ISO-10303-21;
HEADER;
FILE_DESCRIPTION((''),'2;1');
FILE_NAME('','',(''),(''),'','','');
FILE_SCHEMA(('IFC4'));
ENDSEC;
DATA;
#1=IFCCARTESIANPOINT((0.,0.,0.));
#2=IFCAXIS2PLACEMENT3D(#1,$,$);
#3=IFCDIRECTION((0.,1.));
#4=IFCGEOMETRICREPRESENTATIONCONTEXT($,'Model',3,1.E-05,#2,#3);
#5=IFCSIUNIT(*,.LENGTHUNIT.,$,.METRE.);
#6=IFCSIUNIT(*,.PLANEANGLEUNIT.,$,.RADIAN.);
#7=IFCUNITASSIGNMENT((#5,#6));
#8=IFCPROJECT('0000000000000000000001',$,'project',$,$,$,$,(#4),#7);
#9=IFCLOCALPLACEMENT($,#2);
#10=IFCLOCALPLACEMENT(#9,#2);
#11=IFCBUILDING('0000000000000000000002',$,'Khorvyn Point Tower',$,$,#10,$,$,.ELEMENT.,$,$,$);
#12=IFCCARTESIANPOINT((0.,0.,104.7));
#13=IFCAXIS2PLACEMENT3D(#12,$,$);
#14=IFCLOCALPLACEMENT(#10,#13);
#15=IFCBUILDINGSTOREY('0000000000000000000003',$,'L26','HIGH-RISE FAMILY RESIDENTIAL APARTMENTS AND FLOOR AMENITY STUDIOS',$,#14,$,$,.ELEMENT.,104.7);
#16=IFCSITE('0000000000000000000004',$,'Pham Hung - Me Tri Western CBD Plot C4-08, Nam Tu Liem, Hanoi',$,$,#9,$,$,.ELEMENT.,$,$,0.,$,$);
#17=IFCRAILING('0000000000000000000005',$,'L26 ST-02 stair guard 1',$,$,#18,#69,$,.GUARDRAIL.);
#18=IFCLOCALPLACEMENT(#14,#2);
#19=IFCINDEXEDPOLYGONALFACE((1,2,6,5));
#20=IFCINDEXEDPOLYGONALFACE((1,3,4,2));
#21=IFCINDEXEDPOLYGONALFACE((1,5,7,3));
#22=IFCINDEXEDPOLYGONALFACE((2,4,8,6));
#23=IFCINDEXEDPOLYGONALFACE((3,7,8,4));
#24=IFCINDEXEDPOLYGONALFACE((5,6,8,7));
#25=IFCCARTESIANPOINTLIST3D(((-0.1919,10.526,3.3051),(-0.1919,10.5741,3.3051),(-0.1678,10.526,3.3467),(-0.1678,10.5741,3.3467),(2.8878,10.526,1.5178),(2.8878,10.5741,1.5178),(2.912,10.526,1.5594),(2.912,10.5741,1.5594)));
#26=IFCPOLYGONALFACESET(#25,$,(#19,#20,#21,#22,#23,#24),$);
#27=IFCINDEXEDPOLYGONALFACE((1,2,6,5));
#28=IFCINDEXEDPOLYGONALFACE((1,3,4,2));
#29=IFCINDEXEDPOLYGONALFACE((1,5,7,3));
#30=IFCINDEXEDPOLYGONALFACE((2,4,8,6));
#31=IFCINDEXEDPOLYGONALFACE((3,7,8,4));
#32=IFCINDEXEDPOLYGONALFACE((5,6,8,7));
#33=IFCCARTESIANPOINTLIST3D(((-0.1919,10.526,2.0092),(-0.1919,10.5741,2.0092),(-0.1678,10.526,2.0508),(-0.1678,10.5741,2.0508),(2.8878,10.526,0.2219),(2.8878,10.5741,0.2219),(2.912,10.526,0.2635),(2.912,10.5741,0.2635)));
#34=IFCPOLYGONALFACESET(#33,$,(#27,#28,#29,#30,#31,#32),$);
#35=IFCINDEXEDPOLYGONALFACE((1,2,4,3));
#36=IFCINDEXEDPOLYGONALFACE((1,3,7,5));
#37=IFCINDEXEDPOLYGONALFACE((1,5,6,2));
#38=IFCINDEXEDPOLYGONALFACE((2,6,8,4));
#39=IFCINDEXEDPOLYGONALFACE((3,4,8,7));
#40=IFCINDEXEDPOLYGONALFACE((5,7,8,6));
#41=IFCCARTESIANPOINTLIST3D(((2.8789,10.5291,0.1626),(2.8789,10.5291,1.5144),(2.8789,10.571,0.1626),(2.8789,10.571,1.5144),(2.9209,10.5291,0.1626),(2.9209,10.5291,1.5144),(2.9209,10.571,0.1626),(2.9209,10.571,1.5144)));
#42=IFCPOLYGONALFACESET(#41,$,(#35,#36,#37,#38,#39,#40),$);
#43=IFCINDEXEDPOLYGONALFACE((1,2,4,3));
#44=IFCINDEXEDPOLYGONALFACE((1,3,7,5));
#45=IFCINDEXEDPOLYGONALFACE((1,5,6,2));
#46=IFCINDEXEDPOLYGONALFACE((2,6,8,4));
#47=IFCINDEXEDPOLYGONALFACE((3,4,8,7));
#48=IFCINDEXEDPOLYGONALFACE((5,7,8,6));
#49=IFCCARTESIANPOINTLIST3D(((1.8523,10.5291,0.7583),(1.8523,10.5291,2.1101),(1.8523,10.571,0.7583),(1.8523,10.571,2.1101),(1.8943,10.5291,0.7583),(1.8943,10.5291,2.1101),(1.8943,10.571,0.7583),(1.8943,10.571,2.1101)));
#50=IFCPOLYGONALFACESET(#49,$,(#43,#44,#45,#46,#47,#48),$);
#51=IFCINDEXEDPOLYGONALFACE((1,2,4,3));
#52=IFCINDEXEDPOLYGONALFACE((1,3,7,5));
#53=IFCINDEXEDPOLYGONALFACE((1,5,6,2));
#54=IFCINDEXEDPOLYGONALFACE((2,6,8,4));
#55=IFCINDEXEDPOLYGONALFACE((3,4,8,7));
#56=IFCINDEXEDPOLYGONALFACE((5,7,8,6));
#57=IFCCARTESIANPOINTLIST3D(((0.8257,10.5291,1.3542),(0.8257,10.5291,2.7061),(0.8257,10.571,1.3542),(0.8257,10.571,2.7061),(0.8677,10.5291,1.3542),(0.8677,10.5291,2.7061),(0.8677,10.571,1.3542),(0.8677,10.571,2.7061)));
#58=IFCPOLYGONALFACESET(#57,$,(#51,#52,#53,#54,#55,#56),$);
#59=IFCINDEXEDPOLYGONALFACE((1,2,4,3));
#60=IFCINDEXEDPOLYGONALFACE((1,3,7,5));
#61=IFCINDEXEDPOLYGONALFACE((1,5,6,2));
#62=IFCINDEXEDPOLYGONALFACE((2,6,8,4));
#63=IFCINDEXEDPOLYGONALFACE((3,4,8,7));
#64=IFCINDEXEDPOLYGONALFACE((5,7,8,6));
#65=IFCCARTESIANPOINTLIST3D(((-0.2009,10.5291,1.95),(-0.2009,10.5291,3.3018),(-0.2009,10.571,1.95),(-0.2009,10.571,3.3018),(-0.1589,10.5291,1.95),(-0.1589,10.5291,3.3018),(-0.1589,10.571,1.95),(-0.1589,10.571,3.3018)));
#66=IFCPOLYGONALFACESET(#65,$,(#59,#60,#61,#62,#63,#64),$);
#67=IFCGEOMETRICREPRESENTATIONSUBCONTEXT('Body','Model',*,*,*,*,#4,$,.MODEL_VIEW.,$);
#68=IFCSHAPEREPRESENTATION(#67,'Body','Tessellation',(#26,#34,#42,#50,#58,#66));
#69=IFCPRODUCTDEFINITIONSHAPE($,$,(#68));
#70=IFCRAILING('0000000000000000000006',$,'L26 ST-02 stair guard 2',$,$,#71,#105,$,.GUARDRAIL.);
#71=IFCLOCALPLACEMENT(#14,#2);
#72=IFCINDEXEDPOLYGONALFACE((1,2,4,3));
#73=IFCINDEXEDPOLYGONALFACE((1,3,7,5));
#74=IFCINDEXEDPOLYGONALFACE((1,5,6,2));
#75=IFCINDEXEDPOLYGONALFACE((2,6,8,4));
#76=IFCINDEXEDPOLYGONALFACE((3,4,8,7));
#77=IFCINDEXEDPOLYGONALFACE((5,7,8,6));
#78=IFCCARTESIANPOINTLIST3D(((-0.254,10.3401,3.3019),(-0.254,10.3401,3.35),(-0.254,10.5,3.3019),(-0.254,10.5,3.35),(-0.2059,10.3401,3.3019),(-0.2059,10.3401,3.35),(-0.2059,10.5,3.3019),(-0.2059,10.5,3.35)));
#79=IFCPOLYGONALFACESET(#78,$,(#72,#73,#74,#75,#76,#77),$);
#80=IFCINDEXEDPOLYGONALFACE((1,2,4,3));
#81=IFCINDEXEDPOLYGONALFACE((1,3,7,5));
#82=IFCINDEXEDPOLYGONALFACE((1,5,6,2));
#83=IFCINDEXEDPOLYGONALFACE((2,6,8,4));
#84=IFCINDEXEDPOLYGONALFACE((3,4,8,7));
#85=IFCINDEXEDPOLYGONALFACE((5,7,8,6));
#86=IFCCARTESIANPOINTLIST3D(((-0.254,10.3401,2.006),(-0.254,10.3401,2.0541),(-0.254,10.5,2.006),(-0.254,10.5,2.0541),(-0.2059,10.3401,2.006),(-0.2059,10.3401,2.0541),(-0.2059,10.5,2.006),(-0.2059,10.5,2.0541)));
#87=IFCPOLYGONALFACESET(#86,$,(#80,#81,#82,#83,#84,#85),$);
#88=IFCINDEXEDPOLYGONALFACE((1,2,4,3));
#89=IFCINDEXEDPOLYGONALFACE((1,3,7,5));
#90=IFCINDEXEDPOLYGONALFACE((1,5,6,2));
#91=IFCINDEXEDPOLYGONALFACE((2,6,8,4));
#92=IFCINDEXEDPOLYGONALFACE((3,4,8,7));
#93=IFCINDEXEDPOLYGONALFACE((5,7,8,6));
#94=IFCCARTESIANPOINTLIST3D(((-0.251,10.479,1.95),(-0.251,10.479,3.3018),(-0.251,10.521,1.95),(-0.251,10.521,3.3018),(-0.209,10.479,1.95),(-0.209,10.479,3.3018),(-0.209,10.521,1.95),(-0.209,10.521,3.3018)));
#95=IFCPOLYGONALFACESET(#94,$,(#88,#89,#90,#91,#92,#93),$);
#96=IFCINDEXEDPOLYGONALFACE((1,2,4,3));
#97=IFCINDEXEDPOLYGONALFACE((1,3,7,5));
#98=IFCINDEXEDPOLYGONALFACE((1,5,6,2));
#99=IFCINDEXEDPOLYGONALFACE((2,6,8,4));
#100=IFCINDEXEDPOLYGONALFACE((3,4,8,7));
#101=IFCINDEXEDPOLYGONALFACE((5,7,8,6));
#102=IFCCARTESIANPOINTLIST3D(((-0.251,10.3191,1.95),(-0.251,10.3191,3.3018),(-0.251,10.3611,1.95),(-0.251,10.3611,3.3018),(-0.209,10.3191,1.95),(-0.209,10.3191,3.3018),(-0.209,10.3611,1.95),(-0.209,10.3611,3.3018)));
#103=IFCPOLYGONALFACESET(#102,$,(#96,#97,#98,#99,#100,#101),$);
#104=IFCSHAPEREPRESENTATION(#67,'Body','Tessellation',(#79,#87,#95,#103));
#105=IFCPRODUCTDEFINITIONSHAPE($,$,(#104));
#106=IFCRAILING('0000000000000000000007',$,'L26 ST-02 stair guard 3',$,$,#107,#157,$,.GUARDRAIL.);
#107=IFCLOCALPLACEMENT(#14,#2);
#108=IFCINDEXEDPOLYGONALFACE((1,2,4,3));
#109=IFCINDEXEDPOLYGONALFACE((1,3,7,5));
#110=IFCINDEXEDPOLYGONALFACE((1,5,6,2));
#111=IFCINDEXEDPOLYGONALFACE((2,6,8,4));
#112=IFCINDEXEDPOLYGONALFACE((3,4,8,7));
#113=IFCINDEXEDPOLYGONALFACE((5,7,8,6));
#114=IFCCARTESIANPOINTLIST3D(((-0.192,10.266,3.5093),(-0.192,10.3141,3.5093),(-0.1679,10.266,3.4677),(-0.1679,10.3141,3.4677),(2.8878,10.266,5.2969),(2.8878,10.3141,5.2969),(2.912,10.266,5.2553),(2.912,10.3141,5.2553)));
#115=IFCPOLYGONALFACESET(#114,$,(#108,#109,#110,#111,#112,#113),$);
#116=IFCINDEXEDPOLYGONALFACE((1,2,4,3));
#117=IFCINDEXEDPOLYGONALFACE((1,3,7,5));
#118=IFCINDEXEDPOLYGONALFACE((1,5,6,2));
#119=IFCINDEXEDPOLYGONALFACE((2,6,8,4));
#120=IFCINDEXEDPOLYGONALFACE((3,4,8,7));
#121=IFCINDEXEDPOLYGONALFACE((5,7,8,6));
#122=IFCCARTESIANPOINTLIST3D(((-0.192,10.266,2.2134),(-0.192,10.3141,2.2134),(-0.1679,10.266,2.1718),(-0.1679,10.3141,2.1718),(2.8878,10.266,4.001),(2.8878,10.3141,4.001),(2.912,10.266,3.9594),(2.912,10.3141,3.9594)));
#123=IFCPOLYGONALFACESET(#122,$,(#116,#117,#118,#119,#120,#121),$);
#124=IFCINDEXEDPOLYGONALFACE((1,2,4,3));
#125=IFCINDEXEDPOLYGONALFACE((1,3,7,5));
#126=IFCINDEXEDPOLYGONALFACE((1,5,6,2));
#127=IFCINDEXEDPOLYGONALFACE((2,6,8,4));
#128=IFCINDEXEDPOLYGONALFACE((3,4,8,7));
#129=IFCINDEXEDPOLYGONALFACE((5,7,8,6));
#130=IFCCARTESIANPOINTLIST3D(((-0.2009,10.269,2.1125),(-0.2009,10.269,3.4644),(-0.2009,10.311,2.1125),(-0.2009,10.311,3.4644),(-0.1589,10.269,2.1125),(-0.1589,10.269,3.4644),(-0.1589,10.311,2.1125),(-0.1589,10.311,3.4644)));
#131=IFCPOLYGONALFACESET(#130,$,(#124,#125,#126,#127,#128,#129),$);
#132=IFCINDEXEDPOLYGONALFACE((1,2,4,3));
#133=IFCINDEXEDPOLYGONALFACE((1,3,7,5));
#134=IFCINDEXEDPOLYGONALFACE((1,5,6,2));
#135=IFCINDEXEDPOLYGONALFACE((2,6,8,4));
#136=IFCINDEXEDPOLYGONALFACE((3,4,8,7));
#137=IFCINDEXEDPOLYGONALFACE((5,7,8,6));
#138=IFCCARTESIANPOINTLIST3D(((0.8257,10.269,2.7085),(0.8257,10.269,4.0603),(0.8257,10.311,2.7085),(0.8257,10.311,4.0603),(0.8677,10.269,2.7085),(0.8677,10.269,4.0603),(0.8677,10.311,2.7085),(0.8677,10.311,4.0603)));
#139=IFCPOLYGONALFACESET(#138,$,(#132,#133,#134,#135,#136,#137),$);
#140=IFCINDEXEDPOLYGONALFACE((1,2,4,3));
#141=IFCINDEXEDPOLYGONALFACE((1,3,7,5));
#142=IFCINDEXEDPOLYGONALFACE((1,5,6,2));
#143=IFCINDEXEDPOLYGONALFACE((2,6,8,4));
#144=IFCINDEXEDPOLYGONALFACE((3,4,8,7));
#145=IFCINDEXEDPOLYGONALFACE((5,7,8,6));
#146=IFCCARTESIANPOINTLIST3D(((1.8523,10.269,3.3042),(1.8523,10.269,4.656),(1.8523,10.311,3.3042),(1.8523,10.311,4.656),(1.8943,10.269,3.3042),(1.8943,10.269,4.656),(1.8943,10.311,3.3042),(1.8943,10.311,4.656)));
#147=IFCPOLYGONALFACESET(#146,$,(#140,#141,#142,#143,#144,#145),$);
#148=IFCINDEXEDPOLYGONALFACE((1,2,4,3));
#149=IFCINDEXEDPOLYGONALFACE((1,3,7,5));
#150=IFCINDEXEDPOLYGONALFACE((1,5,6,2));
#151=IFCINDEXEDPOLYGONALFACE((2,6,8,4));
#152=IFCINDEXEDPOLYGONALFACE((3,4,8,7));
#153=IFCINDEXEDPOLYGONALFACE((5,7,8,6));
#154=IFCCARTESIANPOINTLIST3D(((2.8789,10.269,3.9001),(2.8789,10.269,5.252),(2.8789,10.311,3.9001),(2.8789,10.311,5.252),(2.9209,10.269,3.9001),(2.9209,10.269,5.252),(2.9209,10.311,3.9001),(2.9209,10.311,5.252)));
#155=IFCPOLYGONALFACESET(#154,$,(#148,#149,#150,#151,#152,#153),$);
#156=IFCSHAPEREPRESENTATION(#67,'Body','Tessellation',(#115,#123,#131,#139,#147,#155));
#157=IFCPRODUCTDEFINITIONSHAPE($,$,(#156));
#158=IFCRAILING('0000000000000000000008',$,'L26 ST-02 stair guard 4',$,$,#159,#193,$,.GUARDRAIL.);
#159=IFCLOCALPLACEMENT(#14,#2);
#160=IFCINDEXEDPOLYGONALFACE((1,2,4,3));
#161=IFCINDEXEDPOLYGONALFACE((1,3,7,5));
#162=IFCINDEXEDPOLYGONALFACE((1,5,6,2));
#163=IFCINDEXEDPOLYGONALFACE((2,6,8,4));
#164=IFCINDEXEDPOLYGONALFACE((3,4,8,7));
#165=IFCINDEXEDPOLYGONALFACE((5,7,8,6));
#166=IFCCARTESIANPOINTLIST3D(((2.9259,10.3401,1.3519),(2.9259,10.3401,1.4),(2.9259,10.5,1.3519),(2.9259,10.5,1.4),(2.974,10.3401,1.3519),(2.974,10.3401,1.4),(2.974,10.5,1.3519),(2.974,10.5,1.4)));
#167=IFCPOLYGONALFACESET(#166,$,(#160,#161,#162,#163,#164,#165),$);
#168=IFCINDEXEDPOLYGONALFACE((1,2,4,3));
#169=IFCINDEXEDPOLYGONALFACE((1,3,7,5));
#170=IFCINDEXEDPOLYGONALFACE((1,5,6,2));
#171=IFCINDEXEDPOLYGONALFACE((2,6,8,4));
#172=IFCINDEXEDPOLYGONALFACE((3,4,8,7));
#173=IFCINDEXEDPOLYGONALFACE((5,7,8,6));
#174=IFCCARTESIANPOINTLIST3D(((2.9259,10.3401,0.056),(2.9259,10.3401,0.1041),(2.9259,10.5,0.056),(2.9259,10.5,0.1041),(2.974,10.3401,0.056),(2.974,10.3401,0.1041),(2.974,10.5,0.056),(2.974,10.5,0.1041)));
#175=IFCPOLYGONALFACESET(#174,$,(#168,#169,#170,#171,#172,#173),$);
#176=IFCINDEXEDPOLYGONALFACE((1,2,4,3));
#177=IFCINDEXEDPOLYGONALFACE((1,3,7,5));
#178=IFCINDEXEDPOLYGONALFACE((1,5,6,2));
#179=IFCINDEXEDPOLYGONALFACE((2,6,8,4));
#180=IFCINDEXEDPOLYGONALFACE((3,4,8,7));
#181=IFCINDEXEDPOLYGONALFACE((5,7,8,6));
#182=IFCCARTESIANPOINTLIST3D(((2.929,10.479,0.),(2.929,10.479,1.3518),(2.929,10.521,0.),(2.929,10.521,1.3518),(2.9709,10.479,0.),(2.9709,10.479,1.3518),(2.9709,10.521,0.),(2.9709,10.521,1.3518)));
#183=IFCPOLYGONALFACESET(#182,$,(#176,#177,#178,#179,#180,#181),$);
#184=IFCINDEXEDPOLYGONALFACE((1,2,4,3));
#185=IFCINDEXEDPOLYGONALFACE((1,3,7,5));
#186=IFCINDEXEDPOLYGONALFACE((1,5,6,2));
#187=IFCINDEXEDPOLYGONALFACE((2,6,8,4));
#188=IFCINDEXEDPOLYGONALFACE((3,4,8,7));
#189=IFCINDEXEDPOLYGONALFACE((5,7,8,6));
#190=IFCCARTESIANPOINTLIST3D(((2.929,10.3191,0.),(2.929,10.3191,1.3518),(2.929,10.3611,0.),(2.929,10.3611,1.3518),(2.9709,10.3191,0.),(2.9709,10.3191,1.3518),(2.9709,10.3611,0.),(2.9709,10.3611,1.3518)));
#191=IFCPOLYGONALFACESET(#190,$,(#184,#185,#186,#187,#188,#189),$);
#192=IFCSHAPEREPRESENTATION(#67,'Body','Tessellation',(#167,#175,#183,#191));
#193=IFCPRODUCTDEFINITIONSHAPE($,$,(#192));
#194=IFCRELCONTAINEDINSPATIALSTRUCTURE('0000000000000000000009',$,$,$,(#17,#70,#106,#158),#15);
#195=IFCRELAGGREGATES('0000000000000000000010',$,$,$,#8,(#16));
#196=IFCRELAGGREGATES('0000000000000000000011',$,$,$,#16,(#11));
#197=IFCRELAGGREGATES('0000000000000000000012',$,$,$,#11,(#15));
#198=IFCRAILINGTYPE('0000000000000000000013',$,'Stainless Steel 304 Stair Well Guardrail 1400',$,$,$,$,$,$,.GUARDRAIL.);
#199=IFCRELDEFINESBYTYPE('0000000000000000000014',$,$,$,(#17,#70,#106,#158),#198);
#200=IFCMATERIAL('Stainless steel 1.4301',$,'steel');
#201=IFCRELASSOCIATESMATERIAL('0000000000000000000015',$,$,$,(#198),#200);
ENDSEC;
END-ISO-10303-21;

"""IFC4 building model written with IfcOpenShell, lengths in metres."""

from ifc_helpers import new_model, si_unit, direction, frame, origin, origin_2d, place, context, subcontext, project, spatial, rectangle, extrude, material, type_object, element, save


model = new_model("IFC4")

# Units and contexts
model_context = context("Model", 3, precision=1e-05, world=origin(), true_north=direction((0.0, 1.0)))
body_context = subcontext(model_context, "Body", "Model", "MODEL_VIEW")
ifc_project = project(units=[si_unit("LENGTHUNIT", "METRE"), si_unit("PLANEANGLEUNIT", "RADIAN")], contexts=[model_context])

# Site, building, storey
site_placement = place(None, origin())
site = spatial("IfcSite", under=ifc_project, at=site_placement, Name="Pham Hung - Me Tri Western CBD Plot C4-08, Nam Tu Liem, Hanoi", CompositionType="ELEMENT", RefElevation=0.0)
building_placement = place(site_placement, origin())
building = spatial("IfcBuilding", under=site, at=building_placement, Name="Khorvyn Point Tower", CompositionType="ELEMENT")
storey_placement = place(building_placement, frame((0.0, 0.0, 104.7)))
storey = spatial("IfcBuildingStorey", under=building, at=storey_placement, Name="L26", Description="HIGH-RISE FAMILY RESIDENTIAL APARTMENTS AND FLOOR AMENITY STUDIOS", CompositionType="ELEMENT", Elevation=104.7)

# Shared definitions
ifc_material_1 = material(Name="Stainless steel 1.4301", Category="steel")

# Railings
railing_type_1 = type_object("IfcRailingType", Name="Stainless Steel 304 Stair Well Guardrail 1400", PredefinedType="GUARDRAIL", material=ifc_material_1)
railing_1_placement = place(storey_placement, frame((2.8999, 10.55, 0.1626)))
element("IfcRailing", 1, at=railing_1_placement, inside=storey, type_object=railing_type_1, Name="L26 ST-02 stair guard 1", PredefinedType="GUARDRAIL", context=body_context, shape_type="SweptSolid", body=[
    extrude(rectangle(XDim=0.0481, YDim=0.0481, at=origin_2d()), frame((0.0, 0.0, 1.376), z_axis=(-0.864903, 0.0, 0.501939), x_axis=(0.0, -1.0, 0.0)), (0.0, 0.0, 1.0), 3.5608),
    extrude(rectangle(XDim=0.0481, YDim=0.0481, at=origin_2d()), frame((0.0, 0.0, 0.0801), z_axis=(-0.864903, 0.0, 0.501939), x_axis=(0.0, -1.0, 0.0)), (0.0, 0.0, 1.0), 3.5608),
    extrude(rectangle(XDim=0.042, YDim=0.042, at=origin_2d()), origin(), (0.0, 0.0, 1.0), 1.3518),
    extrude(rectangle(XDim=0.042, YDim=0.042, at=origin_2d()), frame((-1.0266, 0.0, 0.5957)), (0.0, 0.0, 1.0), 1.3518),
    extrude(rectangle(XDim=0.042, YDim=0.042, at=origin_2d()), frame((-2.0532, 0.0, 1.1917)), (0.0, 0.0, 1.0), 1.3518),
    extrude(rectangle(XDim=0.042, YDim=0.042, at=origin_2d()), frame((-3.0798, 0.0, 1.7874)), (0.0, 0.0, 1.0), 1.3518),
])
railing_2_placement = place(storey_placement, frame((-0.23, 10.5, 1.95)))
element("IfcRailing", 2, at=railing_2_placement, inside=storey, type_object=railing_type_1, Name="L26 ST-02 stair guard 2", PredefinedType="GUARDRAIL", context=body_context, shape_type="SweptSolid", body=[
    extrude(rectangle(XDim=0.0481, YDim=0.0481, at=origin_2d()), frame((0.0, 0.0, 1.376), z_axis=(0.0, -1.0, 0.0), x_axis=(1.0, 0.0, 0.0)), (0.0, 0.0, 1.0), 0.1599),
    extrude(rectangle(XDim=0.0481, YDim=0.0481, at=origin_2d()), frame((0.0, 0.0, 0.0801), z_axis=(0.0, -1.0, 0.0), x_axis=(1.0, 0.0, 0.0)), (0.0, 0.0, 1.0), 0.1599),
    extrude(rectangle(XDim=0.042, YDim=0.042, at=origin_2d()), origin(), (0.0, 0.0, 1.0), 1.3518),
    extrude(rectangle(XDim=0.042, YDim=0.042, at=origin_2d()), frame((0.0, -0.1599, 0.0)), (0.0, 0.0, 1.0), 1.3518),
])
railing_3_placement = place(storey_placement, frame((-0.1799, 10.29, 2.1125)))
element("IfcRailing", 3, at=railing_3_placement, inside=storey, type_object=railing_type_1, Name="L26 ST-02 stair guard 3", PredefinedType="GUARDRAIL", context=body_context, shape_type="SweptSolid", body=[
    extrude(rectangle(XDim=0.0481, YDim=0.0481, at=origin_2d()), frame((0.0, 0.0, 1.376), z_axis=(0.864873, 0.0, 0.50199), x_axis=(0.0, 1.0, 0.0)), (0.0, 0.0, 1.0), 3.561),
    extrude(rectangle(XDim=0.0481, YDim=0.0481, at=origin_2d()), frame((0.0, 0.0, 0.0801), z_axis=(0.864873, 0.0, 0.50199), x_axis=(0.0, 1.0, 0.0)), (0.0, 0.0, 1.0), 3.561),
    extrude(rectangle(XDim=0.042, YDim=0.042, at=origin_2d()), origin(), (0.0, 0.0, 1.0), 1.3518),
    extrude(rectangle(XDim=0.042, YDim=0.042, at=origin_2d()), frame((1.0266, 0.0, 0.5959)), (0.0, 0.0, 1.0), 1.3518),
    extrude(rectangle(XDim=0.042, YDim=0.042, at=origin_2d()), frame((2.0532, 0.0, 1.1917)), (0.0, 0.0, 1.0), 1.3518),
    extrude(rectangle(XDim=0.042, YDim=0.042, at=origin_2d()), frame((3.0798, 0.0, 1.7876)), (0.0, 0.0, 1.0), 1.3518),
])
railing_4_placement = place(storey_placement, frame((2.95, 10.5, 0.0)))
element("IfcRailing", 4, at=railing_4_placement, inside=storey, type_object=railing_type_1, Name="L26 ST-02 stair guard 4", PredefinedType="GUARDRAIL", context=body_context, shape_type="SweptSolid", body=[
    extrude(rectangle(XDim=0.0481, YDim=0.0481, at=origin_2d()), frame((0.0, 0.0, 1.376), z_axis=(0.0, -1.0, 0.0), x_axis=(1.0, 0.0, 0.0)), (0.0, 0.0, 1.0), 0.1599),
    extrude(rectangle(XDim=0.0481, YDim=0.0481, at=origin_2d()), frame((0.0, 0.0, 0.0801), z_axis=(0.0, -1.0, 0.0), x_axis=(1.0, 0.0, 0.0)), (0.0, 0.0, 1.0), 0.1599),
    extrude(rectangle(XDim=0.042, YDim=0.042, at=origin_2d()), origin(), (0.0, 0.0, 1.0), 1.3518),
    extrude(rectangle(XDim=0.042, YDim=0.042, at=origin_2d()), frame((0.0, -0.1599, 0.0)), (0.0, 0.0, 1.0), 1.3518),
])

save(model, "model.ifc")
